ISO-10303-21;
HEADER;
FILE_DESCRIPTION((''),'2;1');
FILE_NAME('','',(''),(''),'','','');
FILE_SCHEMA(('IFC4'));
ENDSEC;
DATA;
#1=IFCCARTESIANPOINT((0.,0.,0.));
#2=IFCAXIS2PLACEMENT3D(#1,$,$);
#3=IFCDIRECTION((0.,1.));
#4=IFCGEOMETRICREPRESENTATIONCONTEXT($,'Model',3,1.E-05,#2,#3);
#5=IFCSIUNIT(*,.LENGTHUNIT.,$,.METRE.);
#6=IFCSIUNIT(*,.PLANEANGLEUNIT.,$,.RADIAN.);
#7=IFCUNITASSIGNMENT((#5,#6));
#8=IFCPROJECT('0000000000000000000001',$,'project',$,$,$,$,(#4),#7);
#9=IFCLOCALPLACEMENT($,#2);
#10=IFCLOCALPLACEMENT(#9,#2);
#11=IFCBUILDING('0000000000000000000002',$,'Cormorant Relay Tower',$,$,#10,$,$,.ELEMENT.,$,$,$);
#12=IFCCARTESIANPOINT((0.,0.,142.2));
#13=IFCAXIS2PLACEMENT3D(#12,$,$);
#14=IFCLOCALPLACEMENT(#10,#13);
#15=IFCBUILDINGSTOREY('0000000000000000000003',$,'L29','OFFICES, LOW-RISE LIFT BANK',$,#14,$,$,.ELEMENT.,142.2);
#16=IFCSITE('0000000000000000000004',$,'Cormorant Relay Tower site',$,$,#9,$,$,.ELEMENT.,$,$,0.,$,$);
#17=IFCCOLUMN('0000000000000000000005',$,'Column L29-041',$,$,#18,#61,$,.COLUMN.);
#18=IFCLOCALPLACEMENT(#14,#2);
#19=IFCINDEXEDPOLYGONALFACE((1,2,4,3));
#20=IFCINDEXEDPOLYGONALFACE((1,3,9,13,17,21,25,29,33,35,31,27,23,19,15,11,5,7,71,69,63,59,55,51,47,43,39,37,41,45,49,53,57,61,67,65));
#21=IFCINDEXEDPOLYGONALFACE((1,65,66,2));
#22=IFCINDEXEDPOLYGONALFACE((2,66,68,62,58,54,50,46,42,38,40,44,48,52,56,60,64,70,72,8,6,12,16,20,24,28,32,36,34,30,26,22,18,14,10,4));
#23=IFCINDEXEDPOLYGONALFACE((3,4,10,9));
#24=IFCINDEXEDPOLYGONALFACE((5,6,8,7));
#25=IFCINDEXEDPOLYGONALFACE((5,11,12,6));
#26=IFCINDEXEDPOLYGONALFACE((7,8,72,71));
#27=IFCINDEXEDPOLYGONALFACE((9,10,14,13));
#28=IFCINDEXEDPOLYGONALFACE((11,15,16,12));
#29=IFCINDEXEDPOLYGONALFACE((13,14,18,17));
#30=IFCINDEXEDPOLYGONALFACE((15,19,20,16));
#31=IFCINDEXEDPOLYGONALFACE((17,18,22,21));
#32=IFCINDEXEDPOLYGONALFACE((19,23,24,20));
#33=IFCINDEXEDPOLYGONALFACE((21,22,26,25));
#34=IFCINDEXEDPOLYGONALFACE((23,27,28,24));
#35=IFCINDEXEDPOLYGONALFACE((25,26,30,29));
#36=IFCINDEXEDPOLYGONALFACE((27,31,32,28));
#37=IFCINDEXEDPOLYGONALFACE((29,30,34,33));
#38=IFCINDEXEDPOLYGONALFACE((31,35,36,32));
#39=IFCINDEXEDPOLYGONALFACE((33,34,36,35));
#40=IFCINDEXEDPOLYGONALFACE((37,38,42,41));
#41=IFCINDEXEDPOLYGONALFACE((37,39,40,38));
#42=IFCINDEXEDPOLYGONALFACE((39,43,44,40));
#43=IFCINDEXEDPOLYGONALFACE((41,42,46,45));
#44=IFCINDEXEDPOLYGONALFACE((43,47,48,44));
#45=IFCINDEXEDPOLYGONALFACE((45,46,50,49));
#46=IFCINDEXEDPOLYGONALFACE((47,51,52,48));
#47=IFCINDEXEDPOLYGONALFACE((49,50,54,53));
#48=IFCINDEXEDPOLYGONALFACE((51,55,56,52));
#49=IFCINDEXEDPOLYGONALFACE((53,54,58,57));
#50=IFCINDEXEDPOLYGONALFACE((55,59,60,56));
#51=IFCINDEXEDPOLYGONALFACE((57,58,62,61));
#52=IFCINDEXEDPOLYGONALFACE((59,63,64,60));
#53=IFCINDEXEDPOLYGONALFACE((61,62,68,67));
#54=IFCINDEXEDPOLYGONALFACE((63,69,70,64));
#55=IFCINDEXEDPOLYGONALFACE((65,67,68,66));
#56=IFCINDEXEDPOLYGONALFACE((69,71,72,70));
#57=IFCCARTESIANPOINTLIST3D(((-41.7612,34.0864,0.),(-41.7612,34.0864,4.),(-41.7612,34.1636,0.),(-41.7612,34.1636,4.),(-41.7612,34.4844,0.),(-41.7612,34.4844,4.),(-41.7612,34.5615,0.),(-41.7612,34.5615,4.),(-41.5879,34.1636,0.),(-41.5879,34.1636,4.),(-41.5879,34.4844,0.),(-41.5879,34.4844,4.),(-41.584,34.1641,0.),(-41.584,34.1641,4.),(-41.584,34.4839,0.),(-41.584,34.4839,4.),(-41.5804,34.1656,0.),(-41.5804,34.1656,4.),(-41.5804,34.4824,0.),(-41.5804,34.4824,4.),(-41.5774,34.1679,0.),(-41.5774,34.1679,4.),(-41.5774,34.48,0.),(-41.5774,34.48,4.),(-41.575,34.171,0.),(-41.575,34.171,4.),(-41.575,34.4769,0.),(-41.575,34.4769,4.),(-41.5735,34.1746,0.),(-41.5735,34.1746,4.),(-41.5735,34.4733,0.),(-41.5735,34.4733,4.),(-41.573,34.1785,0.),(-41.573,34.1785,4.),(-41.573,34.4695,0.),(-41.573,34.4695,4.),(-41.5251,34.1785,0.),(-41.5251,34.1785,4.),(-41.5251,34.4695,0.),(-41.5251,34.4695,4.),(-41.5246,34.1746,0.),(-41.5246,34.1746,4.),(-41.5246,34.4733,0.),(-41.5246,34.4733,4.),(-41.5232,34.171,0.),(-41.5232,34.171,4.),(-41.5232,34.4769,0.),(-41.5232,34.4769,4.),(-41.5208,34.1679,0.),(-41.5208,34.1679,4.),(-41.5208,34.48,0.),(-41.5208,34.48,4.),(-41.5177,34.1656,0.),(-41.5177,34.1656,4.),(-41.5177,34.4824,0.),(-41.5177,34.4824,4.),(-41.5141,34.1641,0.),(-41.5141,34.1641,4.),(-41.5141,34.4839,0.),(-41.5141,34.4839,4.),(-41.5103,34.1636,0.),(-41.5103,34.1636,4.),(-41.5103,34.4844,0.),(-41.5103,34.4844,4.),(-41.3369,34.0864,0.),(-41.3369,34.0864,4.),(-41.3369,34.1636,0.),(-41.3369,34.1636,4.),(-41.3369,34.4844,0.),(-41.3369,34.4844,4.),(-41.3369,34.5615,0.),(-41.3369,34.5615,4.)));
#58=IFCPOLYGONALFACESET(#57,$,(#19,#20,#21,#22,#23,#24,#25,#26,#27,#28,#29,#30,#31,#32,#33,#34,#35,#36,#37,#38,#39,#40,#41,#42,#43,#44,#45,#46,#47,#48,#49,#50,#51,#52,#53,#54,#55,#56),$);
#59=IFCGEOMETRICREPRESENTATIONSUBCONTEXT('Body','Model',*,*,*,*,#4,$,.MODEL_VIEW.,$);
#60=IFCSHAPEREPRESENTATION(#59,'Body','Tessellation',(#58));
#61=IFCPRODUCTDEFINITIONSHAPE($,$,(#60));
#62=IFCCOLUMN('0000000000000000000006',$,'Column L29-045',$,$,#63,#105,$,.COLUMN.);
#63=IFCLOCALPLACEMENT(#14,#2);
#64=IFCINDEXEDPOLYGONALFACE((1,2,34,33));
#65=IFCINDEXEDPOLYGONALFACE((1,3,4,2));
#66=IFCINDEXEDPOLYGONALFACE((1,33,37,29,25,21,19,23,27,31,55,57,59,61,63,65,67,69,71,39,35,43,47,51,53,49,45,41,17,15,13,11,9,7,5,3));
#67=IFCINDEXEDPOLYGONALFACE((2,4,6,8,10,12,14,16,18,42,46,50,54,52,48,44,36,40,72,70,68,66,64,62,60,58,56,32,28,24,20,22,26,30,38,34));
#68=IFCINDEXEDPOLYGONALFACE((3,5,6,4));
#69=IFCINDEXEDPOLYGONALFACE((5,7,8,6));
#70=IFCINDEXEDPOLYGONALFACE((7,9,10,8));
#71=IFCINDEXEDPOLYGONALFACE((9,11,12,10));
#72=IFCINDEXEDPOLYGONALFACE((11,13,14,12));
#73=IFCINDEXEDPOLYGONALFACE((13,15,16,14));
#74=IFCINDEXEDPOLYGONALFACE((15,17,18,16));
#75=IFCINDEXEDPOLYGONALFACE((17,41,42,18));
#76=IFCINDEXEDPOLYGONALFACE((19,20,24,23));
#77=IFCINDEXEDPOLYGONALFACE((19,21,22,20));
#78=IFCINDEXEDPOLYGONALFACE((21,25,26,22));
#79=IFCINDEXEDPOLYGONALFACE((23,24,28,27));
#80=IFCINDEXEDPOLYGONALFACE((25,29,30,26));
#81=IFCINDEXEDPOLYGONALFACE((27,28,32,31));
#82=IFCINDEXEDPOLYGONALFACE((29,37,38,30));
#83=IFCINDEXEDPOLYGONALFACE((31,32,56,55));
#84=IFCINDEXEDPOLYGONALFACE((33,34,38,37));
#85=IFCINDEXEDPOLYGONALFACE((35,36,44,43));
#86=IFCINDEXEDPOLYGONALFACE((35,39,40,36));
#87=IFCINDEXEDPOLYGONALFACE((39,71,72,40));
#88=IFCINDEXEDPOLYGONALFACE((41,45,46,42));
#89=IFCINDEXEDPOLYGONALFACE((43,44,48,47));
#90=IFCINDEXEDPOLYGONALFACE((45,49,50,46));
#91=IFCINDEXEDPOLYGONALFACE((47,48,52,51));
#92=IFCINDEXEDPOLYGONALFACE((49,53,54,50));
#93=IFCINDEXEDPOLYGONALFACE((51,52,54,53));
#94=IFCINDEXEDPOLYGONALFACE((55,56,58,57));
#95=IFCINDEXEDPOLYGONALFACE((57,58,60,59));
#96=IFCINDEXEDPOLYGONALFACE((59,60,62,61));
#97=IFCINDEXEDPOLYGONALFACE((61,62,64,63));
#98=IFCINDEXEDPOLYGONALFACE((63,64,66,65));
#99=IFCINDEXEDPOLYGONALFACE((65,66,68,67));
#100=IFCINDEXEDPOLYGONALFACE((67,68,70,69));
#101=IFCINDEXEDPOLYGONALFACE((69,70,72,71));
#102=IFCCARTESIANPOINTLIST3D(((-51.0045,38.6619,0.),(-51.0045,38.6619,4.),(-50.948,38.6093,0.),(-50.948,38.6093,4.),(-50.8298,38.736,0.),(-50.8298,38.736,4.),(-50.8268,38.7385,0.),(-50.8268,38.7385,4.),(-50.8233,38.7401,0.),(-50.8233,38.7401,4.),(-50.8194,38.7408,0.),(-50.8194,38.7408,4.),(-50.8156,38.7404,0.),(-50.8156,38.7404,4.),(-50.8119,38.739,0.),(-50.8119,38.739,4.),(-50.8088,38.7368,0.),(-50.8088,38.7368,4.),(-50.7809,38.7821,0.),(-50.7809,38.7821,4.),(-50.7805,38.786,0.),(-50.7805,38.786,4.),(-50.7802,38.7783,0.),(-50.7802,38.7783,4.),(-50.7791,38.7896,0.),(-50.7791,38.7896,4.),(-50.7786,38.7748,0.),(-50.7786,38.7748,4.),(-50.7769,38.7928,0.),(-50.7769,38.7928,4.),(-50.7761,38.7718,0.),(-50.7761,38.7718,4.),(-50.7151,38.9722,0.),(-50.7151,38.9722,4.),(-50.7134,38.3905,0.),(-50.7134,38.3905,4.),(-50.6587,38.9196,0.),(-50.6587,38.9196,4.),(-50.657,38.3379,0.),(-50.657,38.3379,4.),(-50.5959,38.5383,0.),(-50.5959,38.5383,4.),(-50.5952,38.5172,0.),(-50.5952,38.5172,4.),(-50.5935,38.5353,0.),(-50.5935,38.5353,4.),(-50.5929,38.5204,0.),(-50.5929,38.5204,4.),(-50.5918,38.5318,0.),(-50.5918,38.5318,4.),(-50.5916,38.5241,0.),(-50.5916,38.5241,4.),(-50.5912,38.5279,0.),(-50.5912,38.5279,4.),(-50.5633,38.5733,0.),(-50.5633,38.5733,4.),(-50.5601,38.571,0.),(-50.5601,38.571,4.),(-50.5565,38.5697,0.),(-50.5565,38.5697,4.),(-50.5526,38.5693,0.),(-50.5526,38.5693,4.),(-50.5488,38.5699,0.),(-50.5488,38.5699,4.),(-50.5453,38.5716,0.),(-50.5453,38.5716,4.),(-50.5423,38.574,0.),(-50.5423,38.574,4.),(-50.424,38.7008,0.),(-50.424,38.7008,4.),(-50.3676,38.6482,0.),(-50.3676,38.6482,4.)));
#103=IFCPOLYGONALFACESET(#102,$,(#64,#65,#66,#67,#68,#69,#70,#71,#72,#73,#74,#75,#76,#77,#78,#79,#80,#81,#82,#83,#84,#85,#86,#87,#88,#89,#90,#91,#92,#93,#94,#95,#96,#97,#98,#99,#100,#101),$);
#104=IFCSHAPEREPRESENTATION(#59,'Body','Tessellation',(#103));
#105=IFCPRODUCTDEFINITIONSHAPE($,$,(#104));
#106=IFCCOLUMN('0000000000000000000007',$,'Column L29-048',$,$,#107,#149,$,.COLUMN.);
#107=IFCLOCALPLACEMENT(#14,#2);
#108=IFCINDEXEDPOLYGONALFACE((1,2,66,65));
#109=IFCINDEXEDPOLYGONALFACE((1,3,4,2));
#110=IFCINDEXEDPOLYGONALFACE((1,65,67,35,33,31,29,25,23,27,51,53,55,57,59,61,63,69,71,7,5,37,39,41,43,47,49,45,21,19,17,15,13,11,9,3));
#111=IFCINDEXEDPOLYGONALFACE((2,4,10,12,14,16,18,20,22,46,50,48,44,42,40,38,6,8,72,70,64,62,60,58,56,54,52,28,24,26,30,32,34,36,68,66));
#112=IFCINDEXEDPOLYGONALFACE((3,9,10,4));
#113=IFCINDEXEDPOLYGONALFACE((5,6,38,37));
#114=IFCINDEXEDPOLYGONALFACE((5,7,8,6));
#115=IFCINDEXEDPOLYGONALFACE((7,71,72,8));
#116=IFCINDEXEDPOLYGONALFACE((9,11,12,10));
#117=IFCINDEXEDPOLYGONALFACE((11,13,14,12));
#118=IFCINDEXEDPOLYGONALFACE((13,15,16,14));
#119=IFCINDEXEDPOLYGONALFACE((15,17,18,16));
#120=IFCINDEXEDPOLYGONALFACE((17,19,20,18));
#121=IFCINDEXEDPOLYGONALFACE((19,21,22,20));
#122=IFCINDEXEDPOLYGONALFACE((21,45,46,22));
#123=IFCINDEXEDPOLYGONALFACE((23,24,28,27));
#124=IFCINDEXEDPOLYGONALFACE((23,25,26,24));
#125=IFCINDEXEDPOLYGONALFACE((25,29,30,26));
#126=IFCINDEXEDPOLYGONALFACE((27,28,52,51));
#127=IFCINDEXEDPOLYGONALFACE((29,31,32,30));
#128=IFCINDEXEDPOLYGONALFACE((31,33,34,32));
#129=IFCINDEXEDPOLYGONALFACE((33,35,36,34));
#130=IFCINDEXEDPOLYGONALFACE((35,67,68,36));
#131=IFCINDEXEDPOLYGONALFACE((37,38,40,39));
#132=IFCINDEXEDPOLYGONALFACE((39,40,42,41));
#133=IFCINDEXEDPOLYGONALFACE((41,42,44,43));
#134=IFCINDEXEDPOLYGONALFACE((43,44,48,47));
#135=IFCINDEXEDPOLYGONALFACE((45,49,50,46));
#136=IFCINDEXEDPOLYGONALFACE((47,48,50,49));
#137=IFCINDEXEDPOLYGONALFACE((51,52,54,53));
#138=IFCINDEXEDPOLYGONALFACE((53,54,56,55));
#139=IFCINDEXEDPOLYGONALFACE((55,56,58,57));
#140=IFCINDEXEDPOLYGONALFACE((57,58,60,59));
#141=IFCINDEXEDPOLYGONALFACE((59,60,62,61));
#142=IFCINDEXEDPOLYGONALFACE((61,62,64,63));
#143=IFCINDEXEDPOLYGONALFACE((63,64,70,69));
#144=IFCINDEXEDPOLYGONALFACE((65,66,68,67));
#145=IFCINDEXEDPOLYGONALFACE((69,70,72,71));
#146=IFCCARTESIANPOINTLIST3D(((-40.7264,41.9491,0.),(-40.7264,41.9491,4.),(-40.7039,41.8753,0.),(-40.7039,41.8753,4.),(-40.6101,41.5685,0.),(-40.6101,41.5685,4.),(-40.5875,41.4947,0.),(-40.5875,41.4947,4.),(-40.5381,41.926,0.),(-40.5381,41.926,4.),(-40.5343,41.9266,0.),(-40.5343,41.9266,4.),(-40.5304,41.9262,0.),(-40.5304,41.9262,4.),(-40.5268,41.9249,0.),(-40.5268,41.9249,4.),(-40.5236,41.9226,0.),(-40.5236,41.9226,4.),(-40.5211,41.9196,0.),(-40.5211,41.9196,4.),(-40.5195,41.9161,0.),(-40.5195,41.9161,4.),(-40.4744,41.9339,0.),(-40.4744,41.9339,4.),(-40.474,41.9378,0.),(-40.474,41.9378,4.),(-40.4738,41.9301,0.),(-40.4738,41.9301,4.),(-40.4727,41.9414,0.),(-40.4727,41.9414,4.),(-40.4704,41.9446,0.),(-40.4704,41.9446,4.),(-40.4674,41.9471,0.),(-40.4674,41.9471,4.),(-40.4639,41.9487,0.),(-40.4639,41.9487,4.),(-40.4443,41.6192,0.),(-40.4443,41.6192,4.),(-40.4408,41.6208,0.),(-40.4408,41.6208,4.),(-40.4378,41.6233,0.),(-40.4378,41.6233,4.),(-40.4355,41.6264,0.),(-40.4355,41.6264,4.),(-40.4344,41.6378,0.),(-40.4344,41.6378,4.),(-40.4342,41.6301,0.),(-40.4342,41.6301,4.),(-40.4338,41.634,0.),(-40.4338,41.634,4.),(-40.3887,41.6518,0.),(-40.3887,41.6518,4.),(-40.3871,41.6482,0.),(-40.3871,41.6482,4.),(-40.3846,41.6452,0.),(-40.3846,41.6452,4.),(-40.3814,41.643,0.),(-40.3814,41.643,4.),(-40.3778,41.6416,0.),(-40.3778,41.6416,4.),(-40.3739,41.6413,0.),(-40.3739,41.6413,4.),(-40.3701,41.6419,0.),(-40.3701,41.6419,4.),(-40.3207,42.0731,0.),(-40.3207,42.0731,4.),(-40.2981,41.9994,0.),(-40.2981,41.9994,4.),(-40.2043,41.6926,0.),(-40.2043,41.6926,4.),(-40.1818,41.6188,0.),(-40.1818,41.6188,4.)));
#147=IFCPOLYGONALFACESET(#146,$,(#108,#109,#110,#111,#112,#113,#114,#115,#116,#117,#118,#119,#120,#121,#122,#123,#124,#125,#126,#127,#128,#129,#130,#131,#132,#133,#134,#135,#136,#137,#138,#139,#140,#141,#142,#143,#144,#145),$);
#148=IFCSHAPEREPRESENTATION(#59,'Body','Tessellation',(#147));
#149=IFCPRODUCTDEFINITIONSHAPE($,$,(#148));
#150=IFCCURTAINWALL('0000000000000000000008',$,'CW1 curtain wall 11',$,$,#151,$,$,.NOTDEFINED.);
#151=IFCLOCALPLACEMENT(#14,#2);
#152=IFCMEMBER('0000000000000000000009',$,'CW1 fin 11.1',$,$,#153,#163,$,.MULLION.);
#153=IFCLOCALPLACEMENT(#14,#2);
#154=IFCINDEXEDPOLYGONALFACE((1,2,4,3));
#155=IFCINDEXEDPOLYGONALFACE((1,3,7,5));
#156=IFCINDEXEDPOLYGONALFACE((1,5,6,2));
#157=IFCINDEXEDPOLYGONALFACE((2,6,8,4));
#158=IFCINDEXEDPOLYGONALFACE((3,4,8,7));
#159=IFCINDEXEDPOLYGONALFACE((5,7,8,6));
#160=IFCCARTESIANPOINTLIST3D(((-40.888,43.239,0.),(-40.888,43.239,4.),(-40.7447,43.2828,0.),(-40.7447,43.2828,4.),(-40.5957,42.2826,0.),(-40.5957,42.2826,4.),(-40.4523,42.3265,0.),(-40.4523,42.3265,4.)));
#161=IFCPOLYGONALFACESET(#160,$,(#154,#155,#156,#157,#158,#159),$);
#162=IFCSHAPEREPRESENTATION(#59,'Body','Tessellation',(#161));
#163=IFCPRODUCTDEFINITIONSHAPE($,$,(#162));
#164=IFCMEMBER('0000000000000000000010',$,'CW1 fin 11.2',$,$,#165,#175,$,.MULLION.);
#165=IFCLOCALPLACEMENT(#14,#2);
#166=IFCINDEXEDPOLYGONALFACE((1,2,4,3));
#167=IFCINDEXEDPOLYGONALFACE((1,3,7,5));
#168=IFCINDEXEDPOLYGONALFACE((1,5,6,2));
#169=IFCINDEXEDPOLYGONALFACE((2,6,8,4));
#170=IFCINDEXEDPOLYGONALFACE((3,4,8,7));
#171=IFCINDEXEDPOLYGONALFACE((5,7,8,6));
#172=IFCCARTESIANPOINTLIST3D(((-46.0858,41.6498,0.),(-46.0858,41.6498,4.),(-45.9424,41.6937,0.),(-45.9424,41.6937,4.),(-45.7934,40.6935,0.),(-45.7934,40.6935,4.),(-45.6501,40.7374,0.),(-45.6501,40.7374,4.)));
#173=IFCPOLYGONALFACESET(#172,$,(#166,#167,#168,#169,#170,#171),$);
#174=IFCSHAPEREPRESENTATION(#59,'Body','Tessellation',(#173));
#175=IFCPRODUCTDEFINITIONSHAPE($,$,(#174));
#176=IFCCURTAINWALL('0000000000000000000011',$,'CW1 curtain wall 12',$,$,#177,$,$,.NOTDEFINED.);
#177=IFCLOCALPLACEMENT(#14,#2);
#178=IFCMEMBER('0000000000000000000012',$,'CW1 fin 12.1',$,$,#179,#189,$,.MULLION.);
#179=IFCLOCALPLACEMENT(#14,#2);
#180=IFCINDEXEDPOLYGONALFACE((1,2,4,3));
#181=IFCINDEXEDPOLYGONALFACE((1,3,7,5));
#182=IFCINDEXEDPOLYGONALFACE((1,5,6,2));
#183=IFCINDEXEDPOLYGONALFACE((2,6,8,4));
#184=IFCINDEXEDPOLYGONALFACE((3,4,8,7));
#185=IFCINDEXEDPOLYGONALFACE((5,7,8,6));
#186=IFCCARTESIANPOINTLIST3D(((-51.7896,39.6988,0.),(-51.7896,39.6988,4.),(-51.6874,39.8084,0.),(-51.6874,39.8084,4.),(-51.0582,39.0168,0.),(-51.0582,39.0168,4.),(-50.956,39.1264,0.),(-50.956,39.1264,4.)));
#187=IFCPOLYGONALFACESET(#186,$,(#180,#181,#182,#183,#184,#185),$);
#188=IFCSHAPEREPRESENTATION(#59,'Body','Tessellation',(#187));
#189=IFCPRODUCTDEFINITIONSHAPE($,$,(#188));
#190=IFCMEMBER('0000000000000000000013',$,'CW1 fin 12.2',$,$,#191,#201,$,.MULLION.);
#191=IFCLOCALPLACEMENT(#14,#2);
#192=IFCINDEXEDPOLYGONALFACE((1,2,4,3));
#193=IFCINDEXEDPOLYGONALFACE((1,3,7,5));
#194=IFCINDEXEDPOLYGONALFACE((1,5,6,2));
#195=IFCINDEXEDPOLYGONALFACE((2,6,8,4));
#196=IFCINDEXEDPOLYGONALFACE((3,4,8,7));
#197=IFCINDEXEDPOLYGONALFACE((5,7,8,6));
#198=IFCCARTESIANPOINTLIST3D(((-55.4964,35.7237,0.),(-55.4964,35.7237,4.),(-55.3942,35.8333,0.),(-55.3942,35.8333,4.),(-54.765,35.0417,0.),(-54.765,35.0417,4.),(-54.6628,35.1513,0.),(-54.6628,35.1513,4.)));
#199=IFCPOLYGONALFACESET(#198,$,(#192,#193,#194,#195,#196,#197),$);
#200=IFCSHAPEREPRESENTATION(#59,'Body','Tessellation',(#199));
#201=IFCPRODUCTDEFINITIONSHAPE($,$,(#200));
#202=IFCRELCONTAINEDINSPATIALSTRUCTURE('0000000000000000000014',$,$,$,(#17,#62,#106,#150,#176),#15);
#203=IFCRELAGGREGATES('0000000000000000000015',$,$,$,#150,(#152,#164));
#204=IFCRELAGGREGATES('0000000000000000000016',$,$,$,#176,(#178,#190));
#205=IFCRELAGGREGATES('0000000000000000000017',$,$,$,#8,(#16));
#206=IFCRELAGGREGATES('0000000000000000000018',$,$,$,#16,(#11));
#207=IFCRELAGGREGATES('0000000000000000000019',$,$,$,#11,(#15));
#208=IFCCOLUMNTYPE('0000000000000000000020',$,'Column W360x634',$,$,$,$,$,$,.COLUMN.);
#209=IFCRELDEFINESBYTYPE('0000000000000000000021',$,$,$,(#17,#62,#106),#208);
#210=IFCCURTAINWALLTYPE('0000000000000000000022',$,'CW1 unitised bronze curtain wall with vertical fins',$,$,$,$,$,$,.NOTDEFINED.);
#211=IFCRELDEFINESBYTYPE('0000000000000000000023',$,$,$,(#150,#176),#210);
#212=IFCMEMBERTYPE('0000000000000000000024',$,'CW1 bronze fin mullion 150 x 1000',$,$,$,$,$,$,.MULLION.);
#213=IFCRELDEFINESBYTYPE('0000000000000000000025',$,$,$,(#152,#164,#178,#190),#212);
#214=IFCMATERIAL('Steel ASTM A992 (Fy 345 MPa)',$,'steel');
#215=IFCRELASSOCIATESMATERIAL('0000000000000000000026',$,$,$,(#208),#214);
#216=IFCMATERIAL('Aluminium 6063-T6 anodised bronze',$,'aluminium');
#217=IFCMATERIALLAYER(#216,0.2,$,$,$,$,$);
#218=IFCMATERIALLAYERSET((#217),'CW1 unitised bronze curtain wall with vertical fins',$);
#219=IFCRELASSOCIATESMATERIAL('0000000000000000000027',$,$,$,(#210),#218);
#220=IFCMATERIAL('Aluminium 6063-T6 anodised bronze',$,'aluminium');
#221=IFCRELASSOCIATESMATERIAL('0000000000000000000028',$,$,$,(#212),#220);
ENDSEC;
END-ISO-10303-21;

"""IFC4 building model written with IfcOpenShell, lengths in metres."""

from ifc_helpers import new_model, si_unit, direction, frame, origin, origin_2d, place, context, subcontext, project, spatial, rectangle, i_section, extrude, material, layer, layer_set, material_profile, profile_set, type_object, element, aggregate, save


model = new_model("IFC4")

# Units and contexts
model_context = context("Model", 3, precision=1e-05, world=origin(), true_north=direction((0.0, 1.0)))
body_context = subcontext(model_context, "Body", "Model", "MODEL_VIEW")
ifc_project = project(units=[si_unit("LENGTHUNIT", "METRE"), si_unit("PLANEANGLEUNIT", "RADIAN")], contexts=[model_context])

# Site, building, storey
site_placement = place(None, origin())
site = spatial("IfcSite", under=ifc_project, at=site_placement, Name="Cormorant Relay Tower site", CompositionType="ELEMENT", RefElevation=0.0)
building_placement = place(site_placement, origin())
building = spatial("IfcBuilding", under=site, at=building_placement, Name="Cormorant Relay Tower", CompositionType="ELEMENT")
storey_placement = place(building_placement, frame((0.0, 0.0, 142.2)))
storey = spatial("IfcBuildingStorey", under=building, at=storey_placement, Name="L29", Description="OFFICES, LOW-RISE LIFT BANK", CompositionType="ELEMENT", Elevation=142.2)

# Columns
ifc_material_1 = material(Name="Steel ASTM A992 (Fy 345 MPa)", Category="steel")
ifc_material_profile_1 = material_profile(ifc_material_1, i_section(OverallWidth=0.4243, OverallDepth=0.4751, WebThickness=0.0479, FlangeThickness=0.0771, FilletRadius=0.0149, at=origin_2d()), Name="W360x634")
ifc_profile_set_1 = profile_set([ifc_material_profile_1], Name="Steel ASTM A992 (Fy 345 MPa)")
column_type = type_object("IfcColumnType", Name="Column W360x634", PredefinedType="COLUMN", material=ifc_profile_set_1)
for number, where, z_axis, x_axis, name in (
    (1, (-41.5491, 34.324, 0.0), (0.0, 0.0, 1.0), (1.0, 0.0, 0.0), "Column L29-041"),
    (2, (-50.686, 38.655, 0.0), (0.0, 0.0, 1.0), (-0.681998, -0.731354, 0.0), "Column L29-045"),
    (3, (-40.4541, 41.7839, 0.0), (0.0, 0.0, 1.0), (-0.956305, -0.292372, 0.0), "Column L29-048"),
):
    element("IfcColumn", number, at=place(storey_placement, frame(where, z_axis=z_axis, x_axis=x_axis)), inside=storey, type_object=column_type, Name=name, PredefinedType="COLUMN", context=body_context, shape_type="SweptSolid", body=[
        extrude(i_section(OverallWidth=0.4243, OverallDepth=0.4751, WebThickness=0.0479, FlangeThickness=0.0771, FilletRadius=0.0149, at=origin_2d()), origin(), (0.0, 0.0, 1.0), 4.0),
    ])

# Curtain walls, members
ifc_material_2 = material(Name="Aluminium 6063-T6 anodised bronze", Category="aluminium")
ifc_layer_1 = layer(ifc_material_2, 0.2)
ifc_layer_set_1 = layer_set([ifc_layer_1], Name="CW1 unitised bronze curtain wall with vertical fins")
curtain_wall_type = type_object("IfcCurtainWallType", Name="CW1 unitised bronze curtain wall with vertical fins", PredefinedType="NOTDEFINED", material=ifc_layer_set_1)
curtain_wall_1_placement = place(storey_placement, origin())
curtain_wall_1 = element("IfcCurtainWall", 4, at=curtain_wall_1_placement, inside=storey, type_object=curtain_wall_type, Name="CW1 curtain wall 11", PredefinedType="NOTDEFINED")
ifc_material_3 = material(Name="Aluminium 6063-T6 anodised bronze", Category="aluminium")
ifc_material_profile_2 = material_profile(ifc_material_3, rectangle(XDim=0.1499, YDim=1.0, at=origin_2d()), Name="AL 150x1000")
ifc_profile_set_2 = profile_set([ifc_material_profile_2], Name="Aluminium 6063-T6 anodised bronze")
member_type_1 = type_object("IfcMemberType", Name="CW1 bronze fin mullion 150 x 1000", PredefinedType="MULLION", material=ifc_profile_set_2)
member_1_placement = place(storey_placement, frame((-40.6702, 42.7827, 0.0), z_axis=(0.0, 0.0, 1.0), x_axis=(-0.956305, -0.292372, 0.0)))
member_1 = element("IfcMember", 5, at=member_1_placement, type_object=member_type_1, Name="CW1 fin 11.1", PredefinedType="MULLION", context=body_context, shape_type="SweptSolid", body=[
    extrude(rectangle(XDim=0.1499, YDim=1.0, at=origin_2d()), origin(), (0.0, 0.0, 1.0), 4.0),
])
member_2_placement = place(storey_placement, frame((-45.8679, 41.1936, 0.0), z_axis=(0.0, 0.0, 1.0), x_axis=(-0.956305, -0.292372, 0.0)))
member_2 = element("IfcMember", 6, at=member_2_placement, type_object=member_type_1, Name="CW1 fin 11.2", PredefinedType="MULLION", context=body_context, shape_type="SweptSolid", body=[
    extrude(rectangle(XDim=0.1499, YDim=1.0, at=origin_2d()), origin(), (0.0, 0.0, 1.0), 4.0),
])
curtain_wall_2_placement = place(storey_placement, origin())
curtain_wall_2 = element("IfcCurtainWall", 7, at=curtain_wall_2_placement, inside=storey, type_object=curtain_wall_type, Name="CW1 curtain wall 12", PredefinedType="NOTDEFINED")
member_3_placement = place(storey_placement, frame((-51.3728, 39.4126, 0.0), z_axis=(0.0, 0.0, 1.0), x_axis=(-0.681998, -0.731354, 0.0)))
member_3 = element("IfcMember", 8, at=member_3_placement, type_object=member_type_1, Name="CW1 fin 12.1", PredefinedType="MULLION", context=body_context, shape_type="SweptSolid", body=[
    extrude(rectangle(XDim=0.1499, YDim=1.0, at=origin_2d()), origin(), (0.0, 0.0, 1.0), 4.0),
])
member_4_placement = place(storey_placement, frame((-55.0796, 35.4375, 0.0), z_axis=(0.0, 0.0, 1.0), x_axis=(-0.681998, -0.731354, 0.0)))
member_4 = element("IfcMember", 9, at=member_4_placement, type_object=member_type_1, Name="CW1 fin 12.2", PredefinedType="MULLION", context=body_context, shape_type="SweptSolid", body=[
    extrude(rectangle(XDim=0.1499, YDim=1.0, at=origin_2d()), origin(), (0.0, 0.0, 1.0), 4.0),
])

aggregate(curtain_wall_1, [member_1, member_2])
aggregate(curtain_wall_2, [member_3, member_4])

save(model, "model.ifc")
